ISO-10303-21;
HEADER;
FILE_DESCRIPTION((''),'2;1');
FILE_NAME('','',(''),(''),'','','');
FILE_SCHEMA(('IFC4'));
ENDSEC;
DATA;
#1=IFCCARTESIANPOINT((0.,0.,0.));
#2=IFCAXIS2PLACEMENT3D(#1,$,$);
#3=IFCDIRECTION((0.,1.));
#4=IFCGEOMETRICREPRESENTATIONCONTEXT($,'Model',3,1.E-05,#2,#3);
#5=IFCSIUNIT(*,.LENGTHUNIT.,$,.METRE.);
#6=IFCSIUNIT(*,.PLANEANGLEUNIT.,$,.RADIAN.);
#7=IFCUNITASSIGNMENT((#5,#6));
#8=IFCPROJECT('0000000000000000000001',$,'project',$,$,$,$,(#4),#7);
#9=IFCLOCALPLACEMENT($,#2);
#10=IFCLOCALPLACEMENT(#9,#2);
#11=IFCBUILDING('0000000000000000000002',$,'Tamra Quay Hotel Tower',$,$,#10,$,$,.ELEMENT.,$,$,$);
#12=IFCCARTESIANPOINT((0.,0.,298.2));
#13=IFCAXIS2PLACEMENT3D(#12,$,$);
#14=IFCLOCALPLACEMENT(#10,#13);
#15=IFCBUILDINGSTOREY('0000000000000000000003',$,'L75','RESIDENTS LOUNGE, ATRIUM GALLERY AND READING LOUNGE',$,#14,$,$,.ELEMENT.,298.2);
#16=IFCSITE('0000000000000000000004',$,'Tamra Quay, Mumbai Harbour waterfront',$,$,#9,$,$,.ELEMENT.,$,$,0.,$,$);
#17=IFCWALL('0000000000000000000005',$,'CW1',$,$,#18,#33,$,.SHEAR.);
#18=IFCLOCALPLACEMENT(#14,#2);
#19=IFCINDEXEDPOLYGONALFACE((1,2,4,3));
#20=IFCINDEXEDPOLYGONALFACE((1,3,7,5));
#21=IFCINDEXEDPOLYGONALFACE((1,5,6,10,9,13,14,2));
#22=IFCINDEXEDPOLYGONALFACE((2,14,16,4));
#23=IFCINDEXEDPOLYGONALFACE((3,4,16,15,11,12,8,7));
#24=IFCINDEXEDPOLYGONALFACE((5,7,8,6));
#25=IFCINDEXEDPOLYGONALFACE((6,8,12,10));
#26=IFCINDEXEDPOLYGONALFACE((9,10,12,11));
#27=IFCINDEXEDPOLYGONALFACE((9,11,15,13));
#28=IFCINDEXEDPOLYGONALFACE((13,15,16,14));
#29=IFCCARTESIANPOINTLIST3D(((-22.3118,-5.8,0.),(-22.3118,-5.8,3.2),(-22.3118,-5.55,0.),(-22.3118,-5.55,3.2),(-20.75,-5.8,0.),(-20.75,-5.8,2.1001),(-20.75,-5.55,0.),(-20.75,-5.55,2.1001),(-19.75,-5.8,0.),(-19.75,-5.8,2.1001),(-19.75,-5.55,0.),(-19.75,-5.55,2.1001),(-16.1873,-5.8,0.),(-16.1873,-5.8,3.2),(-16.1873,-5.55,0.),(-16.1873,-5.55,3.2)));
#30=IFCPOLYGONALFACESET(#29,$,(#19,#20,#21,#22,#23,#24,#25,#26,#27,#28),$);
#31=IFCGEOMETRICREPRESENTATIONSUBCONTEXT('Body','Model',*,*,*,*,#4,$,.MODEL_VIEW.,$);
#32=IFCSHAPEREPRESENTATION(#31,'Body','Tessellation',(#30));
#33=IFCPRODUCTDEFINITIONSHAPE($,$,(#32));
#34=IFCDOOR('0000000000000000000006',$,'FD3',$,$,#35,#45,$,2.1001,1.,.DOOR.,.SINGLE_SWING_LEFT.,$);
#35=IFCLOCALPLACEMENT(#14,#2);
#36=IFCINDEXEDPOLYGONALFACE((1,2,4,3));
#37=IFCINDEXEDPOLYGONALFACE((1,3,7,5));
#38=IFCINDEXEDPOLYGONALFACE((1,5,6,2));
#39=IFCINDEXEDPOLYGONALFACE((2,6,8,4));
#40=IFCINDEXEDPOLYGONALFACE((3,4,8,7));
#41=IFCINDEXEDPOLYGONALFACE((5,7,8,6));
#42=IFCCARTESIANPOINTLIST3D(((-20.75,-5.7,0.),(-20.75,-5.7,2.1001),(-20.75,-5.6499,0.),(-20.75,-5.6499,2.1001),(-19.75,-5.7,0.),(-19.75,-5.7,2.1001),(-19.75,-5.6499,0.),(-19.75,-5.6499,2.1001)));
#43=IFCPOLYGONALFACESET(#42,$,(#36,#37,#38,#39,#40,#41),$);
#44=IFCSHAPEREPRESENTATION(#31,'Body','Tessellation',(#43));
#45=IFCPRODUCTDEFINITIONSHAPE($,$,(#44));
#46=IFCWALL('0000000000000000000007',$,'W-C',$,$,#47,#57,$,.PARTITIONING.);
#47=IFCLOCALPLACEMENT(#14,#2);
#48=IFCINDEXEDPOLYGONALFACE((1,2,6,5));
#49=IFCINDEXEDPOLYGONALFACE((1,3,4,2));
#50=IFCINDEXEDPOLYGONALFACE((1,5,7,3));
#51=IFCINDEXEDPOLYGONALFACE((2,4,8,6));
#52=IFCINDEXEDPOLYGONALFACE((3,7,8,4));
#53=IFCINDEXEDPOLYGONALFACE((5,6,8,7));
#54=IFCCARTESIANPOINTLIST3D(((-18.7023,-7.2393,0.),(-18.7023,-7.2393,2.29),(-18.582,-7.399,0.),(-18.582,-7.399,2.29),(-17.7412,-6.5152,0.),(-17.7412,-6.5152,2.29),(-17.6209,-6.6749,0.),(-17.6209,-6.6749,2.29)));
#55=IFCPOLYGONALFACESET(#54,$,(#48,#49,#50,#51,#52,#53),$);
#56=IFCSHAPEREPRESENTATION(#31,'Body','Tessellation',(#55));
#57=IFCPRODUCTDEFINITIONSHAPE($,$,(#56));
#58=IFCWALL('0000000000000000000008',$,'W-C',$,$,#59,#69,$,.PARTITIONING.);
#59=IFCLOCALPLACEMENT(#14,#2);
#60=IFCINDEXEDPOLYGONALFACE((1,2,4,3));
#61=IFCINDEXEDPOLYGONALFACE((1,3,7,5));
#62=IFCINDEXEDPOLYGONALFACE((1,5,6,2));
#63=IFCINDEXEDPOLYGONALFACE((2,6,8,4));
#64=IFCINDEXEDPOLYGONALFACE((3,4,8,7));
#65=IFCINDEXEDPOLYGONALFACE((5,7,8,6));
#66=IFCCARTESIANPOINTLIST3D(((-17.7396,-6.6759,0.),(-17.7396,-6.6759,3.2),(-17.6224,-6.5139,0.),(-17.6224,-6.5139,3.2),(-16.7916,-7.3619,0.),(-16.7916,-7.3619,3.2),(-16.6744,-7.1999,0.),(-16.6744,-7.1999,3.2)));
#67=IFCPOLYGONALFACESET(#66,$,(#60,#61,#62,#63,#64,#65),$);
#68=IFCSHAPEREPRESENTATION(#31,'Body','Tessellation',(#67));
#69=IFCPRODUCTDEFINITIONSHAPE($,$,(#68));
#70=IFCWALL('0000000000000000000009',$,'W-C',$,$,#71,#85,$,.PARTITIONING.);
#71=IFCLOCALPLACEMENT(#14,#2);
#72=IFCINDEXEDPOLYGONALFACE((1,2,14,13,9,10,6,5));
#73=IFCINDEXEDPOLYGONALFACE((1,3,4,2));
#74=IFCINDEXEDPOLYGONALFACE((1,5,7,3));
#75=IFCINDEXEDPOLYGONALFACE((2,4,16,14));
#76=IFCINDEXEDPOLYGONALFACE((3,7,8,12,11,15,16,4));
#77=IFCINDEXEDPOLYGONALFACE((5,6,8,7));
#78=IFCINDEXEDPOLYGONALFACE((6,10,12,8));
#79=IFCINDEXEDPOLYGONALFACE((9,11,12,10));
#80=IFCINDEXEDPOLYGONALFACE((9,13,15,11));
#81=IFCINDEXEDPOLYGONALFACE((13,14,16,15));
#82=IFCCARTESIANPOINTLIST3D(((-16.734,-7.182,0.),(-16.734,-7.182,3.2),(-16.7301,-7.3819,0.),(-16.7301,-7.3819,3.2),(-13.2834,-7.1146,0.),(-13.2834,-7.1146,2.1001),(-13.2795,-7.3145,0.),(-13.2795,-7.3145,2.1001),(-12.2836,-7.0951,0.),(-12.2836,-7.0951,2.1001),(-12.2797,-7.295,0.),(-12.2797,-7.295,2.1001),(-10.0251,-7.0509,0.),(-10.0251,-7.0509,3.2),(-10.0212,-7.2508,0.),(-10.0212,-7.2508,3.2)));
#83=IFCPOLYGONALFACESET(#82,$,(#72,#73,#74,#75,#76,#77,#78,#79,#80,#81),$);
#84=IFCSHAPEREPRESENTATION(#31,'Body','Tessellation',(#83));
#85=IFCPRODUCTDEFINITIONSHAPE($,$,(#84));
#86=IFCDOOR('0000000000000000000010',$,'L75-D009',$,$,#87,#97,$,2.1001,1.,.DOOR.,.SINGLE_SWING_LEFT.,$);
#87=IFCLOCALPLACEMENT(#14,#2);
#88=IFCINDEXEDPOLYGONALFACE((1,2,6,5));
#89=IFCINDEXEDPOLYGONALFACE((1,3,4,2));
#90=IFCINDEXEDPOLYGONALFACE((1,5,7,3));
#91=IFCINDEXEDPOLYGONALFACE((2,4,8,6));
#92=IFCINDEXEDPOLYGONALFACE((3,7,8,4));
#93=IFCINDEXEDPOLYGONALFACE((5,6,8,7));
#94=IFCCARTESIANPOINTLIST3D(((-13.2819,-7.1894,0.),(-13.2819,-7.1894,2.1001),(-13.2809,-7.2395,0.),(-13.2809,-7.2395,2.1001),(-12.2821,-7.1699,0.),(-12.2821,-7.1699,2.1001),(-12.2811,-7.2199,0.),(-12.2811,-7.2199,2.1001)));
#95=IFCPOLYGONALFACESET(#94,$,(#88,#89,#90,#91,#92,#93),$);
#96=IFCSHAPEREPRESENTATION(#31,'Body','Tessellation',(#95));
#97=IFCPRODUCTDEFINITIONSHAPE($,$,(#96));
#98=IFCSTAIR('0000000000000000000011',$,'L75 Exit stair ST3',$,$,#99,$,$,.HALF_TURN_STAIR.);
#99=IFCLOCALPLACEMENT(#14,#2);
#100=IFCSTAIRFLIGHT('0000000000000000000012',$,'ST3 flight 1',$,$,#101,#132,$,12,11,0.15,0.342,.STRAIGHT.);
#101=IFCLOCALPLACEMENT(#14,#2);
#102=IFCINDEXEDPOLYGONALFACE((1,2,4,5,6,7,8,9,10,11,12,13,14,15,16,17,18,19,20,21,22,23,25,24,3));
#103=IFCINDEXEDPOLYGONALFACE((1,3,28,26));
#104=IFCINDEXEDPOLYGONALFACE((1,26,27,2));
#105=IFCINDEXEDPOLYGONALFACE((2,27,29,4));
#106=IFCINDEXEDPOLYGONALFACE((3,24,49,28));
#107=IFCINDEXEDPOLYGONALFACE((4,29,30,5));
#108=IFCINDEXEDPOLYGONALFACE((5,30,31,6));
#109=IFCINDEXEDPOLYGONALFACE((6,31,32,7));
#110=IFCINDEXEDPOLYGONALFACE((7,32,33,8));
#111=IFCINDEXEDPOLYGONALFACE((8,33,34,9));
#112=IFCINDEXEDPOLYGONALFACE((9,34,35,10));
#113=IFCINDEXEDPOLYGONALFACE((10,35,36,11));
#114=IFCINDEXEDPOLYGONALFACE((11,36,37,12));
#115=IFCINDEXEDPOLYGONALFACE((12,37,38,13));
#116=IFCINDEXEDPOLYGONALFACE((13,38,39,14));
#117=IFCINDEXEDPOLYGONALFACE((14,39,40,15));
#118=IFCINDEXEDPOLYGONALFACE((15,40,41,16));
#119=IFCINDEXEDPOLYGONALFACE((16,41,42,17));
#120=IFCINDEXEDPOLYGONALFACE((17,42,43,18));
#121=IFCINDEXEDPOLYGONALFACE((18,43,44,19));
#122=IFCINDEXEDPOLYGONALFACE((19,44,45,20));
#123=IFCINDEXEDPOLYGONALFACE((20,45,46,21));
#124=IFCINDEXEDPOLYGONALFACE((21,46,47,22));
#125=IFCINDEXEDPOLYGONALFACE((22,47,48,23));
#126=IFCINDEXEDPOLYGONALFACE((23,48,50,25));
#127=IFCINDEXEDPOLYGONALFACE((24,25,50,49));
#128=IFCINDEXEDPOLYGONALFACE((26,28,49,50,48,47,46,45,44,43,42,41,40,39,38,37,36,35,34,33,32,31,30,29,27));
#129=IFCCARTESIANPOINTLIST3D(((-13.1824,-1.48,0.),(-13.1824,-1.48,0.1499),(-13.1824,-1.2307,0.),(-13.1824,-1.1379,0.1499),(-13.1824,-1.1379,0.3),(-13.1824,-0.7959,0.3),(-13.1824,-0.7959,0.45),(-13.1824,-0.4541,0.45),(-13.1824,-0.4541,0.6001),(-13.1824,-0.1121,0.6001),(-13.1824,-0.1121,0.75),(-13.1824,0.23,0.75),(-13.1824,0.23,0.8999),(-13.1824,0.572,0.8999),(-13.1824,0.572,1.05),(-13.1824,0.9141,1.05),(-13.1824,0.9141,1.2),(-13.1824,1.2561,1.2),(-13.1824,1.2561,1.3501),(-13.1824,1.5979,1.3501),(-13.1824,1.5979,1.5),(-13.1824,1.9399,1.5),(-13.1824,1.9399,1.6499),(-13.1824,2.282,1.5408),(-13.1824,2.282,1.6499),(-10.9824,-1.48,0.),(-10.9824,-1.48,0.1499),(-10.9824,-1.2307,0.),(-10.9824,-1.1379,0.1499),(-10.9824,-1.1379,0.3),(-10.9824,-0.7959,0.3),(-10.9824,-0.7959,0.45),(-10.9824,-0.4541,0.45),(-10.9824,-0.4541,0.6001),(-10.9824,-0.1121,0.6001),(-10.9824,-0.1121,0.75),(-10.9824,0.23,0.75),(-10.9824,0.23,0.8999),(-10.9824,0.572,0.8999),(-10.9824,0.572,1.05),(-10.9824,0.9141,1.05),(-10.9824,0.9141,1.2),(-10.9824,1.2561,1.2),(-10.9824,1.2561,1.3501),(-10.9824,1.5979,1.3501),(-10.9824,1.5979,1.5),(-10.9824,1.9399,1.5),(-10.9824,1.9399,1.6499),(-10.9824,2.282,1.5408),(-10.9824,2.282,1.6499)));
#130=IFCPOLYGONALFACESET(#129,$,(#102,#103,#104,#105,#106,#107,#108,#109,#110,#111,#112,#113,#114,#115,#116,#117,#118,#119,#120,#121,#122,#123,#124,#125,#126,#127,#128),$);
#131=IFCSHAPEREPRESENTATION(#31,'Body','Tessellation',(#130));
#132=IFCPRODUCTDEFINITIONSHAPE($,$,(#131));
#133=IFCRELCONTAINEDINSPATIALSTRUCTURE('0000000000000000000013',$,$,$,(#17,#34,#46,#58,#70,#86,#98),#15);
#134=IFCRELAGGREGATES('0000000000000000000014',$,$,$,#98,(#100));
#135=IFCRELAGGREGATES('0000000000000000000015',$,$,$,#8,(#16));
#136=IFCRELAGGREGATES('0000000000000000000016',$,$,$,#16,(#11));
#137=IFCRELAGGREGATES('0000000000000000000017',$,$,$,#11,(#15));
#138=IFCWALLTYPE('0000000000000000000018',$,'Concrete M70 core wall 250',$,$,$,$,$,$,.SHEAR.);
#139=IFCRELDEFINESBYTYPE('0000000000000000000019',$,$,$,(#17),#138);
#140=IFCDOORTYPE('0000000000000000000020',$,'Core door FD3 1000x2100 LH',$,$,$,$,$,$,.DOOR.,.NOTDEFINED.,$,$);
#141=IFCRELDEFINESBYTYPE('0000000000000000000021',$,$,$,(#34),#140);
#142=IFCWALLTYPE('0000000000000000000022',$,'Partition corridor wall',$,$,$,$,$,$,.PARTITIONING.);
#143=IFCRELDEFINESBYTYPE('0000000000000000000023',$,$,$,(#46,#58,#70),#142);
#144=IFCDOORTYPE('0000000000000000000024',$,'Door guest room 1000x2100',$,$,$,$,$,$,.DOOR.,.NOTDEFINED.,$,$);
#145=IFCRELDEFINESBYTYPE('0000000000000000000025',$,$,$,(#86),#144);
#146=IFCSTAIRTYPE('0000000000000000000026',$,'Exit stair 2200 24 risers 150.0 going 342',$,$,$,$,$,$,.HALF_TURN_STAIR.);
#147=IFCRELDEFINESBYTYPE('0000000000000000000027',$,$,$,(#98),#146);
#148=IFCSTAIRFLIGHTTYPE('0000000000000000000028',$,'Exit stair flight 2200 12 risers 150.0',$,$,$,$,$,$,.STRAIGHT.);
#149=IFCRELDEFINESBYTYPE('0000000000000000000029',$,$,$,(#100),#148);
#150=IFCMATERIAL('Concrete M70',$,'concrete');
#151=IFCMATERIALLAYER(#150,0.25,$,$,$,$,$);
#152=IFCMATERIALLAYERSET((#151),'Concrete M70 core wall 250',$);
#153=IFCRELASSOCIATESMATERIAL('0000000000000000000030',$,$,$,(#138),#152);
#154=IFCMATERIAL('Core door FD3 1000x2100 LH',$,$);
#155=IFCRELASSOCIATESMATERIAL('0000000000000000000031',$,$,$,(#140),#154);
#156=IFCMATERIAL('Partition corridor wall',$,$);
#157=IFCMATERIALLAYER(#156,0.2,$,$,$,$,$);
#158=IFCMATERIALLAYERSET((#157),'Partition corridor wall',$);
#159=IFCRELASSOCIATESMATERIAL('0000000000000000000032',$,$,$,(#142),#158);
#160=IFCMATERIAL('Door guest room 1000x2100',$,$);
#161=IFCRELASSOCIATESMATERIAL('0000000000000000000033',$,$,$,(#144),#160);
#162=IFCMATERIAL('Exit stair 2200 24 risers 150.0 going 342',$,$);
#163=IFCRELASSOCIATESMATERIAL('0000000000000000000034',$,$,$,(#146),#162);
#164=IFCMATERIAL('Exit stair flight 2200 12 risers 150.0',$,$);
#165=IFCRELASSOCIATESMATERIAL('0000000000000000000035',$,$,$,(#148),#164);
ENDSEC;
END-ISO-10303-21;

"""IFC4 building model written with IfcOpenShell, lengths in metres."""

from ifc_helpers import new_model, si_unit, direction, frame, frame_2d, origin, place, context, subcontext, project, spatial, polyline, rectangle, outline, extrude, material, layer, layer_set, type_object, element, fill, aggregate, save


model = new_model("IFC4")

# Units and contexts
model_context = context("Model", 3, precision=1e-05, world=origin(), true_north=direction((0.0, 1.0)))
body_context = subcontext(model_context, "Body", "Model", "MODEL_VIEW")
ifc_project = project(units=[si_unit("LENGTHUNIT", "METRE"), si_unit("PLANEANGLEUNIT", "RADIAN")], contexts=[model_context])

# Site, building, storey
site_placement = place(None, origin())
site = spatial("IfcSite", under=ifc_project, at=site_placement, Name="Tamra Quay, Mumbai Harbour waterfront", CompositionType="ELEMENT", RefElevation=0.0)
building_placement = place(site_placement, origin())
building = spatial("IfcBuilding", under=site, at=building_placement, Name="Tamra Quay Hotel Tower", CompositionType="ELEMENT")
storey_placement = place(building_placement, frame((0.0, 0.0, 298.2)))
storey = spatial("IfcBuildingStorey", under=building, at=storey_placement, Name="L75", Description="RESIDENTS LOUNGE, ATRIUM GALLERY AND READING LOUNGE", CompositionType="ELEMENT", Elevation=298.2)

# Shared definitions
ifc_material_1 = material(Name="Concrete M70", Category="concrete")

# Wall, opening, door
ifc_layer_1 = layer(ifc_material_1, 0.25)
ifc_layer_set_1 = layer_set([ifc_layer_1], Name="Concrete M70 core wall 250")
wall_type_1 = type_object("IfcWallType", Name="Concrete M70 core wall 250", PredefinedType="SHEAR", material=ifc_layer_set_1)
wall_1_placement = place(storey_placement, frame((-16.1873, -5.675, 0.0), z_axis=(0.0, 0.0, 1.0), x_axis=(-1.0, 0.0, 0.0)))
wall_1 = element("IfcWall", 1, at=wall_1_placement, inside=storey, type_object=wall_type_1, Name="CW1", PredefinedType="SHEAR", context=body_context, shape_type="SweptSolid", body=[
    extrude(rectangle(XDim=6.1245, YDim=0.25, at=frame_2d((3.0623, 0.0))), origin(), (0.0, 0.0, 1.0), 3.2),
])
opening_1_placement = place(wall_1_placement, frame((3.5627, 0.0, 0.0)))
opening_1 = element("IfcOpeningElement", 2, at=opening_1_placement, cuts=wall_1, PredefinedType="OPENING", context=body_context, shape_type="SweptSolid", body=[
    extrude(rectangle(XDim=1.0, YDim=2.1001, at=frame_2d((0.5, 1.05))), frame((0.0, 0.135, 0.0), z_axis=(0.0, -1.0, 0.0), x_axis=(1.0, 0.0, 0.0)), (0.0, 0.0, 1.0), 0.27),
])
ifc_material_2 = material(Name="Core door FD3 1000x2100 LH")
door_type_1 = type_object("IfcDoorType", Name="Core door FD3 1000x2100 LH", OperationType="NOTDEFINED", PredefinedType="DOOR", material=ifc_material_2)
door_1_placement = place(opening_1_placement, origin())
door_1 = element("IfcDoor", 3, at=door_1_placement, inside=storey, type_object=door_type_1, Name="FD3", OperationType="SINGLE_SWING_LEFT", OverallHeight=2.1001, OverallWidth=1.0, PredefinedType="DOOR", context=body_context, shape_type="SweptSolid", body=[
    extrude(rectangle(XDim=1.0, YDim=2.1001, at=frame_2d((0.5, 1.05))), frame((0.0, 0.0249, 0.0), z_axis=(0.0, -1.0, 0.0), x_axis=(1.0, 0.0, 0.0)), (0.0, 0.0, 1.0), 0.05),
])
fill(opening_1, door_1)

# Walls
ifc_material_3 = material(Name="Partition corridor wall")
ifc_layer_2 = layer(ifc_material_3, 0.2)
ifc_layer_set_2 = layer_set([ifc_layer_2], Name="Partition corridor wall")
wall_type_2 = type_object("IfcWallType", Name="Partition corridor wall", PredefinedType="PARTITIONING", material=ifc_layer_set_2)
wall_2_placement = place(storey_placement, frame((-18.6421, -7.3191, 0.0), z_axis=(0.0, 0.0, 1.0), x_axis=(0.798708, 0.601719, 0.0)))
element("IfcWall", 4, at=wall_2_placement, inside=storey, type_object=wall_type_2, Name="W-C", PredefinedType="PARTITIONING", context=body_context, shape_type="SweptSolid", body=[
    extrude(rectangle(XDim=1.2034, YDim=0.2, at=frame_2d((0.6016, 0.0))), origin(), (0.0, 0.0, 1.0), 2.29),
])
wall_3_placement = place(storey_placement, frame((-17.6809, -6.595, 0.0), z_axis=(0.0, 0.0, 1.0), x_axis=(0.810123, -0.58626, 0.0)))
element("IfcWall", 5, at=wall_3_placement, inside=storey, type_object=wall_type_2, Name="W-C", PredefinedType="PARTITIONING", context=body_context, shape_type="SweptSolid", body=[
    extrude(rectangle(XDim=1.1702, YDim=0.2, at=frame_2d((0.585, 0.0))), origin(), (0.0, 0.0, 1.0), 3.2),
])

# Wall, opening, door
wall_4_placement = place(storey_placement, frame((-16.7319, -7.282, 0.0), z_axis=(0.0, 0.0, 1.0), x_axis=(0.999809, 0.019538, 0.0)))
wall_4 = element("IfcWall", 6, at=wall_4_placement, inside=storey, type_object=wall_type_2, Name="W-C", PredefinedType="PARTITIONING", context=body_context, shape_type="SweptSolid", body=[
    extrude(rectangle(XDim=6.7102, YDim=0.2, at=frame_2d((3.355, 0.0))), origin(), (0.0, 0.0, 1.0), 3.2),
])
opening_2_placement = place(wall_4_placement, frame((3.4512, 0.0, 0.0)))
opening_2 = element("IfcOpeningElement", 7, at=opening_2_placement, cuts=wall_4, PredefinedType="OPENING", context=body_context, shape_type="SweptSolid", body=[
    extrude(rectangle(XDim=1.0, YDim=2.1001, at=frame_2d((0.5, 1.05))), frame((0.0, 0.1099, 0.0), z_axis=(0.0, -1.0, 0.0), x_axis=(1.0, 0.0, 0.0)), (0.0, 0.0, 1.0), 0.22),
])
ifc_material_4 = material(Name="Door guest room 1000x2100")
door_type_2 = type_object("IfcDoorType", Name="Door guest room 1000x2100", OperationType="NOTDEFINED", PredefinedType="DOOR", material=ifc_material_4)
door_2_placement = place(opening_2_placement, frame((1.0, 0.0, 0.0), z_axis=(0.0, 0.0, 1.0), x_axis=(-1.0, 0.0, 0.0)))
door_2 = element("IfcDoor", 8, at=door_2_placement, inside=storey, type_object=door_type_2, Name="L75-D009", OperationType="SINGLE_SWING_LEFT", OverallHeight=2.1001, OverallWidth=1.0, PredefinedType="DOOR", context=body_context, shape_type="SweptSolid", body=[
    extrude(rectangle(XDim=1.0, YDim=2.1001, at=frame_2d((0.5, 1.05))), frame((0.0, 0.0249, 0.0), z_axis=(0.0, -1.0, 0.0), x_axis=(1.0, 0.0, 0.0)), (0.0, 0.0, 1.0), 0.05),
])
fill(opening_2, door_2)

# Stair, stair flight
ifc_material_5 = material(Name="Exit stair 2200 24 risers 150.0 going 342")
stair_type = type_object("IfcStairType", Name="Exit stair 2200 24 risers 150.0 going 342", PredefinedType="HALF_TURN_STAIR", material=ifc_material_5)
stair_placement = place(storey_placement, origin())
stair = element("IfcStair", 9, at=stair_placement, inside=storey, type_object=stair_type, Name="L75 Exit stair ST3", PredefinedType="HALF_TURN_STAIR")
ifc_material_6 = material(Name="Exit stair flight 2200 12 risers 150.0")
stair_flight_type = type_object("IfcStairFlightType", Name="Exit stair flight 2200 12 risers 150.0", PredefinedType="STRAIGHT", material=ifc_material_6)
stair_flight_placement = place(storey_placement, frame((-12.0823, -1.48, 0.0), z_axis=(0.0, 0.0, 1.0), x_axis=(0.0, 1.0, 0.0)))
stair_flight = element("IfcStairFlight", 10, at=stair_flight_placement, type_object=stair_flight_type, Name="ST3 flight 1", NumberOfRisers=12, NumberOfTreads=11, PredefinedType="STRAIGHT", RiserHeight=0.15, TreadLength=0.342, context=body_context, shape_type="SweptSolid", body=[
    extrude(outline(polyline([(0.0, 0.0), (0.0, 0.1499), (0.342, 0.1499), (0.342, 0.3), (0.6841, 0.3), (0.6841, 0.45), (1.0259, 0.45), (1.0259, 0.6001), (1.3679, 0.6001), (1.3679, 0.75), (1.71, 0.75), (1.71, 0.8999), (2.052, 0.8999), (2.052, 1.05), (2.394, 1.05), (2.394, 1.2), (2.7361, 1.2), (2.7361, 1.3501), (3.0779, 1.3501), (3.0779, 1.5), (3.4199, 1.5), (3.4199, 1.6499), (3.762, 1.6499), (3.762, 1.8), (3.762, 1.5408), (0.2493, 0.0), (0.0, 0.0)])), frame((0.0, 1.1001, 0.0), z_axis=(0.0, -1.0, 0.0), x_axis=(1.0, 0.0, 0.0)), (0.0, 0.0, 1.0), 2.2),
])
aggregate(stair, [stair_flight])

save(model, "model.ifc")
